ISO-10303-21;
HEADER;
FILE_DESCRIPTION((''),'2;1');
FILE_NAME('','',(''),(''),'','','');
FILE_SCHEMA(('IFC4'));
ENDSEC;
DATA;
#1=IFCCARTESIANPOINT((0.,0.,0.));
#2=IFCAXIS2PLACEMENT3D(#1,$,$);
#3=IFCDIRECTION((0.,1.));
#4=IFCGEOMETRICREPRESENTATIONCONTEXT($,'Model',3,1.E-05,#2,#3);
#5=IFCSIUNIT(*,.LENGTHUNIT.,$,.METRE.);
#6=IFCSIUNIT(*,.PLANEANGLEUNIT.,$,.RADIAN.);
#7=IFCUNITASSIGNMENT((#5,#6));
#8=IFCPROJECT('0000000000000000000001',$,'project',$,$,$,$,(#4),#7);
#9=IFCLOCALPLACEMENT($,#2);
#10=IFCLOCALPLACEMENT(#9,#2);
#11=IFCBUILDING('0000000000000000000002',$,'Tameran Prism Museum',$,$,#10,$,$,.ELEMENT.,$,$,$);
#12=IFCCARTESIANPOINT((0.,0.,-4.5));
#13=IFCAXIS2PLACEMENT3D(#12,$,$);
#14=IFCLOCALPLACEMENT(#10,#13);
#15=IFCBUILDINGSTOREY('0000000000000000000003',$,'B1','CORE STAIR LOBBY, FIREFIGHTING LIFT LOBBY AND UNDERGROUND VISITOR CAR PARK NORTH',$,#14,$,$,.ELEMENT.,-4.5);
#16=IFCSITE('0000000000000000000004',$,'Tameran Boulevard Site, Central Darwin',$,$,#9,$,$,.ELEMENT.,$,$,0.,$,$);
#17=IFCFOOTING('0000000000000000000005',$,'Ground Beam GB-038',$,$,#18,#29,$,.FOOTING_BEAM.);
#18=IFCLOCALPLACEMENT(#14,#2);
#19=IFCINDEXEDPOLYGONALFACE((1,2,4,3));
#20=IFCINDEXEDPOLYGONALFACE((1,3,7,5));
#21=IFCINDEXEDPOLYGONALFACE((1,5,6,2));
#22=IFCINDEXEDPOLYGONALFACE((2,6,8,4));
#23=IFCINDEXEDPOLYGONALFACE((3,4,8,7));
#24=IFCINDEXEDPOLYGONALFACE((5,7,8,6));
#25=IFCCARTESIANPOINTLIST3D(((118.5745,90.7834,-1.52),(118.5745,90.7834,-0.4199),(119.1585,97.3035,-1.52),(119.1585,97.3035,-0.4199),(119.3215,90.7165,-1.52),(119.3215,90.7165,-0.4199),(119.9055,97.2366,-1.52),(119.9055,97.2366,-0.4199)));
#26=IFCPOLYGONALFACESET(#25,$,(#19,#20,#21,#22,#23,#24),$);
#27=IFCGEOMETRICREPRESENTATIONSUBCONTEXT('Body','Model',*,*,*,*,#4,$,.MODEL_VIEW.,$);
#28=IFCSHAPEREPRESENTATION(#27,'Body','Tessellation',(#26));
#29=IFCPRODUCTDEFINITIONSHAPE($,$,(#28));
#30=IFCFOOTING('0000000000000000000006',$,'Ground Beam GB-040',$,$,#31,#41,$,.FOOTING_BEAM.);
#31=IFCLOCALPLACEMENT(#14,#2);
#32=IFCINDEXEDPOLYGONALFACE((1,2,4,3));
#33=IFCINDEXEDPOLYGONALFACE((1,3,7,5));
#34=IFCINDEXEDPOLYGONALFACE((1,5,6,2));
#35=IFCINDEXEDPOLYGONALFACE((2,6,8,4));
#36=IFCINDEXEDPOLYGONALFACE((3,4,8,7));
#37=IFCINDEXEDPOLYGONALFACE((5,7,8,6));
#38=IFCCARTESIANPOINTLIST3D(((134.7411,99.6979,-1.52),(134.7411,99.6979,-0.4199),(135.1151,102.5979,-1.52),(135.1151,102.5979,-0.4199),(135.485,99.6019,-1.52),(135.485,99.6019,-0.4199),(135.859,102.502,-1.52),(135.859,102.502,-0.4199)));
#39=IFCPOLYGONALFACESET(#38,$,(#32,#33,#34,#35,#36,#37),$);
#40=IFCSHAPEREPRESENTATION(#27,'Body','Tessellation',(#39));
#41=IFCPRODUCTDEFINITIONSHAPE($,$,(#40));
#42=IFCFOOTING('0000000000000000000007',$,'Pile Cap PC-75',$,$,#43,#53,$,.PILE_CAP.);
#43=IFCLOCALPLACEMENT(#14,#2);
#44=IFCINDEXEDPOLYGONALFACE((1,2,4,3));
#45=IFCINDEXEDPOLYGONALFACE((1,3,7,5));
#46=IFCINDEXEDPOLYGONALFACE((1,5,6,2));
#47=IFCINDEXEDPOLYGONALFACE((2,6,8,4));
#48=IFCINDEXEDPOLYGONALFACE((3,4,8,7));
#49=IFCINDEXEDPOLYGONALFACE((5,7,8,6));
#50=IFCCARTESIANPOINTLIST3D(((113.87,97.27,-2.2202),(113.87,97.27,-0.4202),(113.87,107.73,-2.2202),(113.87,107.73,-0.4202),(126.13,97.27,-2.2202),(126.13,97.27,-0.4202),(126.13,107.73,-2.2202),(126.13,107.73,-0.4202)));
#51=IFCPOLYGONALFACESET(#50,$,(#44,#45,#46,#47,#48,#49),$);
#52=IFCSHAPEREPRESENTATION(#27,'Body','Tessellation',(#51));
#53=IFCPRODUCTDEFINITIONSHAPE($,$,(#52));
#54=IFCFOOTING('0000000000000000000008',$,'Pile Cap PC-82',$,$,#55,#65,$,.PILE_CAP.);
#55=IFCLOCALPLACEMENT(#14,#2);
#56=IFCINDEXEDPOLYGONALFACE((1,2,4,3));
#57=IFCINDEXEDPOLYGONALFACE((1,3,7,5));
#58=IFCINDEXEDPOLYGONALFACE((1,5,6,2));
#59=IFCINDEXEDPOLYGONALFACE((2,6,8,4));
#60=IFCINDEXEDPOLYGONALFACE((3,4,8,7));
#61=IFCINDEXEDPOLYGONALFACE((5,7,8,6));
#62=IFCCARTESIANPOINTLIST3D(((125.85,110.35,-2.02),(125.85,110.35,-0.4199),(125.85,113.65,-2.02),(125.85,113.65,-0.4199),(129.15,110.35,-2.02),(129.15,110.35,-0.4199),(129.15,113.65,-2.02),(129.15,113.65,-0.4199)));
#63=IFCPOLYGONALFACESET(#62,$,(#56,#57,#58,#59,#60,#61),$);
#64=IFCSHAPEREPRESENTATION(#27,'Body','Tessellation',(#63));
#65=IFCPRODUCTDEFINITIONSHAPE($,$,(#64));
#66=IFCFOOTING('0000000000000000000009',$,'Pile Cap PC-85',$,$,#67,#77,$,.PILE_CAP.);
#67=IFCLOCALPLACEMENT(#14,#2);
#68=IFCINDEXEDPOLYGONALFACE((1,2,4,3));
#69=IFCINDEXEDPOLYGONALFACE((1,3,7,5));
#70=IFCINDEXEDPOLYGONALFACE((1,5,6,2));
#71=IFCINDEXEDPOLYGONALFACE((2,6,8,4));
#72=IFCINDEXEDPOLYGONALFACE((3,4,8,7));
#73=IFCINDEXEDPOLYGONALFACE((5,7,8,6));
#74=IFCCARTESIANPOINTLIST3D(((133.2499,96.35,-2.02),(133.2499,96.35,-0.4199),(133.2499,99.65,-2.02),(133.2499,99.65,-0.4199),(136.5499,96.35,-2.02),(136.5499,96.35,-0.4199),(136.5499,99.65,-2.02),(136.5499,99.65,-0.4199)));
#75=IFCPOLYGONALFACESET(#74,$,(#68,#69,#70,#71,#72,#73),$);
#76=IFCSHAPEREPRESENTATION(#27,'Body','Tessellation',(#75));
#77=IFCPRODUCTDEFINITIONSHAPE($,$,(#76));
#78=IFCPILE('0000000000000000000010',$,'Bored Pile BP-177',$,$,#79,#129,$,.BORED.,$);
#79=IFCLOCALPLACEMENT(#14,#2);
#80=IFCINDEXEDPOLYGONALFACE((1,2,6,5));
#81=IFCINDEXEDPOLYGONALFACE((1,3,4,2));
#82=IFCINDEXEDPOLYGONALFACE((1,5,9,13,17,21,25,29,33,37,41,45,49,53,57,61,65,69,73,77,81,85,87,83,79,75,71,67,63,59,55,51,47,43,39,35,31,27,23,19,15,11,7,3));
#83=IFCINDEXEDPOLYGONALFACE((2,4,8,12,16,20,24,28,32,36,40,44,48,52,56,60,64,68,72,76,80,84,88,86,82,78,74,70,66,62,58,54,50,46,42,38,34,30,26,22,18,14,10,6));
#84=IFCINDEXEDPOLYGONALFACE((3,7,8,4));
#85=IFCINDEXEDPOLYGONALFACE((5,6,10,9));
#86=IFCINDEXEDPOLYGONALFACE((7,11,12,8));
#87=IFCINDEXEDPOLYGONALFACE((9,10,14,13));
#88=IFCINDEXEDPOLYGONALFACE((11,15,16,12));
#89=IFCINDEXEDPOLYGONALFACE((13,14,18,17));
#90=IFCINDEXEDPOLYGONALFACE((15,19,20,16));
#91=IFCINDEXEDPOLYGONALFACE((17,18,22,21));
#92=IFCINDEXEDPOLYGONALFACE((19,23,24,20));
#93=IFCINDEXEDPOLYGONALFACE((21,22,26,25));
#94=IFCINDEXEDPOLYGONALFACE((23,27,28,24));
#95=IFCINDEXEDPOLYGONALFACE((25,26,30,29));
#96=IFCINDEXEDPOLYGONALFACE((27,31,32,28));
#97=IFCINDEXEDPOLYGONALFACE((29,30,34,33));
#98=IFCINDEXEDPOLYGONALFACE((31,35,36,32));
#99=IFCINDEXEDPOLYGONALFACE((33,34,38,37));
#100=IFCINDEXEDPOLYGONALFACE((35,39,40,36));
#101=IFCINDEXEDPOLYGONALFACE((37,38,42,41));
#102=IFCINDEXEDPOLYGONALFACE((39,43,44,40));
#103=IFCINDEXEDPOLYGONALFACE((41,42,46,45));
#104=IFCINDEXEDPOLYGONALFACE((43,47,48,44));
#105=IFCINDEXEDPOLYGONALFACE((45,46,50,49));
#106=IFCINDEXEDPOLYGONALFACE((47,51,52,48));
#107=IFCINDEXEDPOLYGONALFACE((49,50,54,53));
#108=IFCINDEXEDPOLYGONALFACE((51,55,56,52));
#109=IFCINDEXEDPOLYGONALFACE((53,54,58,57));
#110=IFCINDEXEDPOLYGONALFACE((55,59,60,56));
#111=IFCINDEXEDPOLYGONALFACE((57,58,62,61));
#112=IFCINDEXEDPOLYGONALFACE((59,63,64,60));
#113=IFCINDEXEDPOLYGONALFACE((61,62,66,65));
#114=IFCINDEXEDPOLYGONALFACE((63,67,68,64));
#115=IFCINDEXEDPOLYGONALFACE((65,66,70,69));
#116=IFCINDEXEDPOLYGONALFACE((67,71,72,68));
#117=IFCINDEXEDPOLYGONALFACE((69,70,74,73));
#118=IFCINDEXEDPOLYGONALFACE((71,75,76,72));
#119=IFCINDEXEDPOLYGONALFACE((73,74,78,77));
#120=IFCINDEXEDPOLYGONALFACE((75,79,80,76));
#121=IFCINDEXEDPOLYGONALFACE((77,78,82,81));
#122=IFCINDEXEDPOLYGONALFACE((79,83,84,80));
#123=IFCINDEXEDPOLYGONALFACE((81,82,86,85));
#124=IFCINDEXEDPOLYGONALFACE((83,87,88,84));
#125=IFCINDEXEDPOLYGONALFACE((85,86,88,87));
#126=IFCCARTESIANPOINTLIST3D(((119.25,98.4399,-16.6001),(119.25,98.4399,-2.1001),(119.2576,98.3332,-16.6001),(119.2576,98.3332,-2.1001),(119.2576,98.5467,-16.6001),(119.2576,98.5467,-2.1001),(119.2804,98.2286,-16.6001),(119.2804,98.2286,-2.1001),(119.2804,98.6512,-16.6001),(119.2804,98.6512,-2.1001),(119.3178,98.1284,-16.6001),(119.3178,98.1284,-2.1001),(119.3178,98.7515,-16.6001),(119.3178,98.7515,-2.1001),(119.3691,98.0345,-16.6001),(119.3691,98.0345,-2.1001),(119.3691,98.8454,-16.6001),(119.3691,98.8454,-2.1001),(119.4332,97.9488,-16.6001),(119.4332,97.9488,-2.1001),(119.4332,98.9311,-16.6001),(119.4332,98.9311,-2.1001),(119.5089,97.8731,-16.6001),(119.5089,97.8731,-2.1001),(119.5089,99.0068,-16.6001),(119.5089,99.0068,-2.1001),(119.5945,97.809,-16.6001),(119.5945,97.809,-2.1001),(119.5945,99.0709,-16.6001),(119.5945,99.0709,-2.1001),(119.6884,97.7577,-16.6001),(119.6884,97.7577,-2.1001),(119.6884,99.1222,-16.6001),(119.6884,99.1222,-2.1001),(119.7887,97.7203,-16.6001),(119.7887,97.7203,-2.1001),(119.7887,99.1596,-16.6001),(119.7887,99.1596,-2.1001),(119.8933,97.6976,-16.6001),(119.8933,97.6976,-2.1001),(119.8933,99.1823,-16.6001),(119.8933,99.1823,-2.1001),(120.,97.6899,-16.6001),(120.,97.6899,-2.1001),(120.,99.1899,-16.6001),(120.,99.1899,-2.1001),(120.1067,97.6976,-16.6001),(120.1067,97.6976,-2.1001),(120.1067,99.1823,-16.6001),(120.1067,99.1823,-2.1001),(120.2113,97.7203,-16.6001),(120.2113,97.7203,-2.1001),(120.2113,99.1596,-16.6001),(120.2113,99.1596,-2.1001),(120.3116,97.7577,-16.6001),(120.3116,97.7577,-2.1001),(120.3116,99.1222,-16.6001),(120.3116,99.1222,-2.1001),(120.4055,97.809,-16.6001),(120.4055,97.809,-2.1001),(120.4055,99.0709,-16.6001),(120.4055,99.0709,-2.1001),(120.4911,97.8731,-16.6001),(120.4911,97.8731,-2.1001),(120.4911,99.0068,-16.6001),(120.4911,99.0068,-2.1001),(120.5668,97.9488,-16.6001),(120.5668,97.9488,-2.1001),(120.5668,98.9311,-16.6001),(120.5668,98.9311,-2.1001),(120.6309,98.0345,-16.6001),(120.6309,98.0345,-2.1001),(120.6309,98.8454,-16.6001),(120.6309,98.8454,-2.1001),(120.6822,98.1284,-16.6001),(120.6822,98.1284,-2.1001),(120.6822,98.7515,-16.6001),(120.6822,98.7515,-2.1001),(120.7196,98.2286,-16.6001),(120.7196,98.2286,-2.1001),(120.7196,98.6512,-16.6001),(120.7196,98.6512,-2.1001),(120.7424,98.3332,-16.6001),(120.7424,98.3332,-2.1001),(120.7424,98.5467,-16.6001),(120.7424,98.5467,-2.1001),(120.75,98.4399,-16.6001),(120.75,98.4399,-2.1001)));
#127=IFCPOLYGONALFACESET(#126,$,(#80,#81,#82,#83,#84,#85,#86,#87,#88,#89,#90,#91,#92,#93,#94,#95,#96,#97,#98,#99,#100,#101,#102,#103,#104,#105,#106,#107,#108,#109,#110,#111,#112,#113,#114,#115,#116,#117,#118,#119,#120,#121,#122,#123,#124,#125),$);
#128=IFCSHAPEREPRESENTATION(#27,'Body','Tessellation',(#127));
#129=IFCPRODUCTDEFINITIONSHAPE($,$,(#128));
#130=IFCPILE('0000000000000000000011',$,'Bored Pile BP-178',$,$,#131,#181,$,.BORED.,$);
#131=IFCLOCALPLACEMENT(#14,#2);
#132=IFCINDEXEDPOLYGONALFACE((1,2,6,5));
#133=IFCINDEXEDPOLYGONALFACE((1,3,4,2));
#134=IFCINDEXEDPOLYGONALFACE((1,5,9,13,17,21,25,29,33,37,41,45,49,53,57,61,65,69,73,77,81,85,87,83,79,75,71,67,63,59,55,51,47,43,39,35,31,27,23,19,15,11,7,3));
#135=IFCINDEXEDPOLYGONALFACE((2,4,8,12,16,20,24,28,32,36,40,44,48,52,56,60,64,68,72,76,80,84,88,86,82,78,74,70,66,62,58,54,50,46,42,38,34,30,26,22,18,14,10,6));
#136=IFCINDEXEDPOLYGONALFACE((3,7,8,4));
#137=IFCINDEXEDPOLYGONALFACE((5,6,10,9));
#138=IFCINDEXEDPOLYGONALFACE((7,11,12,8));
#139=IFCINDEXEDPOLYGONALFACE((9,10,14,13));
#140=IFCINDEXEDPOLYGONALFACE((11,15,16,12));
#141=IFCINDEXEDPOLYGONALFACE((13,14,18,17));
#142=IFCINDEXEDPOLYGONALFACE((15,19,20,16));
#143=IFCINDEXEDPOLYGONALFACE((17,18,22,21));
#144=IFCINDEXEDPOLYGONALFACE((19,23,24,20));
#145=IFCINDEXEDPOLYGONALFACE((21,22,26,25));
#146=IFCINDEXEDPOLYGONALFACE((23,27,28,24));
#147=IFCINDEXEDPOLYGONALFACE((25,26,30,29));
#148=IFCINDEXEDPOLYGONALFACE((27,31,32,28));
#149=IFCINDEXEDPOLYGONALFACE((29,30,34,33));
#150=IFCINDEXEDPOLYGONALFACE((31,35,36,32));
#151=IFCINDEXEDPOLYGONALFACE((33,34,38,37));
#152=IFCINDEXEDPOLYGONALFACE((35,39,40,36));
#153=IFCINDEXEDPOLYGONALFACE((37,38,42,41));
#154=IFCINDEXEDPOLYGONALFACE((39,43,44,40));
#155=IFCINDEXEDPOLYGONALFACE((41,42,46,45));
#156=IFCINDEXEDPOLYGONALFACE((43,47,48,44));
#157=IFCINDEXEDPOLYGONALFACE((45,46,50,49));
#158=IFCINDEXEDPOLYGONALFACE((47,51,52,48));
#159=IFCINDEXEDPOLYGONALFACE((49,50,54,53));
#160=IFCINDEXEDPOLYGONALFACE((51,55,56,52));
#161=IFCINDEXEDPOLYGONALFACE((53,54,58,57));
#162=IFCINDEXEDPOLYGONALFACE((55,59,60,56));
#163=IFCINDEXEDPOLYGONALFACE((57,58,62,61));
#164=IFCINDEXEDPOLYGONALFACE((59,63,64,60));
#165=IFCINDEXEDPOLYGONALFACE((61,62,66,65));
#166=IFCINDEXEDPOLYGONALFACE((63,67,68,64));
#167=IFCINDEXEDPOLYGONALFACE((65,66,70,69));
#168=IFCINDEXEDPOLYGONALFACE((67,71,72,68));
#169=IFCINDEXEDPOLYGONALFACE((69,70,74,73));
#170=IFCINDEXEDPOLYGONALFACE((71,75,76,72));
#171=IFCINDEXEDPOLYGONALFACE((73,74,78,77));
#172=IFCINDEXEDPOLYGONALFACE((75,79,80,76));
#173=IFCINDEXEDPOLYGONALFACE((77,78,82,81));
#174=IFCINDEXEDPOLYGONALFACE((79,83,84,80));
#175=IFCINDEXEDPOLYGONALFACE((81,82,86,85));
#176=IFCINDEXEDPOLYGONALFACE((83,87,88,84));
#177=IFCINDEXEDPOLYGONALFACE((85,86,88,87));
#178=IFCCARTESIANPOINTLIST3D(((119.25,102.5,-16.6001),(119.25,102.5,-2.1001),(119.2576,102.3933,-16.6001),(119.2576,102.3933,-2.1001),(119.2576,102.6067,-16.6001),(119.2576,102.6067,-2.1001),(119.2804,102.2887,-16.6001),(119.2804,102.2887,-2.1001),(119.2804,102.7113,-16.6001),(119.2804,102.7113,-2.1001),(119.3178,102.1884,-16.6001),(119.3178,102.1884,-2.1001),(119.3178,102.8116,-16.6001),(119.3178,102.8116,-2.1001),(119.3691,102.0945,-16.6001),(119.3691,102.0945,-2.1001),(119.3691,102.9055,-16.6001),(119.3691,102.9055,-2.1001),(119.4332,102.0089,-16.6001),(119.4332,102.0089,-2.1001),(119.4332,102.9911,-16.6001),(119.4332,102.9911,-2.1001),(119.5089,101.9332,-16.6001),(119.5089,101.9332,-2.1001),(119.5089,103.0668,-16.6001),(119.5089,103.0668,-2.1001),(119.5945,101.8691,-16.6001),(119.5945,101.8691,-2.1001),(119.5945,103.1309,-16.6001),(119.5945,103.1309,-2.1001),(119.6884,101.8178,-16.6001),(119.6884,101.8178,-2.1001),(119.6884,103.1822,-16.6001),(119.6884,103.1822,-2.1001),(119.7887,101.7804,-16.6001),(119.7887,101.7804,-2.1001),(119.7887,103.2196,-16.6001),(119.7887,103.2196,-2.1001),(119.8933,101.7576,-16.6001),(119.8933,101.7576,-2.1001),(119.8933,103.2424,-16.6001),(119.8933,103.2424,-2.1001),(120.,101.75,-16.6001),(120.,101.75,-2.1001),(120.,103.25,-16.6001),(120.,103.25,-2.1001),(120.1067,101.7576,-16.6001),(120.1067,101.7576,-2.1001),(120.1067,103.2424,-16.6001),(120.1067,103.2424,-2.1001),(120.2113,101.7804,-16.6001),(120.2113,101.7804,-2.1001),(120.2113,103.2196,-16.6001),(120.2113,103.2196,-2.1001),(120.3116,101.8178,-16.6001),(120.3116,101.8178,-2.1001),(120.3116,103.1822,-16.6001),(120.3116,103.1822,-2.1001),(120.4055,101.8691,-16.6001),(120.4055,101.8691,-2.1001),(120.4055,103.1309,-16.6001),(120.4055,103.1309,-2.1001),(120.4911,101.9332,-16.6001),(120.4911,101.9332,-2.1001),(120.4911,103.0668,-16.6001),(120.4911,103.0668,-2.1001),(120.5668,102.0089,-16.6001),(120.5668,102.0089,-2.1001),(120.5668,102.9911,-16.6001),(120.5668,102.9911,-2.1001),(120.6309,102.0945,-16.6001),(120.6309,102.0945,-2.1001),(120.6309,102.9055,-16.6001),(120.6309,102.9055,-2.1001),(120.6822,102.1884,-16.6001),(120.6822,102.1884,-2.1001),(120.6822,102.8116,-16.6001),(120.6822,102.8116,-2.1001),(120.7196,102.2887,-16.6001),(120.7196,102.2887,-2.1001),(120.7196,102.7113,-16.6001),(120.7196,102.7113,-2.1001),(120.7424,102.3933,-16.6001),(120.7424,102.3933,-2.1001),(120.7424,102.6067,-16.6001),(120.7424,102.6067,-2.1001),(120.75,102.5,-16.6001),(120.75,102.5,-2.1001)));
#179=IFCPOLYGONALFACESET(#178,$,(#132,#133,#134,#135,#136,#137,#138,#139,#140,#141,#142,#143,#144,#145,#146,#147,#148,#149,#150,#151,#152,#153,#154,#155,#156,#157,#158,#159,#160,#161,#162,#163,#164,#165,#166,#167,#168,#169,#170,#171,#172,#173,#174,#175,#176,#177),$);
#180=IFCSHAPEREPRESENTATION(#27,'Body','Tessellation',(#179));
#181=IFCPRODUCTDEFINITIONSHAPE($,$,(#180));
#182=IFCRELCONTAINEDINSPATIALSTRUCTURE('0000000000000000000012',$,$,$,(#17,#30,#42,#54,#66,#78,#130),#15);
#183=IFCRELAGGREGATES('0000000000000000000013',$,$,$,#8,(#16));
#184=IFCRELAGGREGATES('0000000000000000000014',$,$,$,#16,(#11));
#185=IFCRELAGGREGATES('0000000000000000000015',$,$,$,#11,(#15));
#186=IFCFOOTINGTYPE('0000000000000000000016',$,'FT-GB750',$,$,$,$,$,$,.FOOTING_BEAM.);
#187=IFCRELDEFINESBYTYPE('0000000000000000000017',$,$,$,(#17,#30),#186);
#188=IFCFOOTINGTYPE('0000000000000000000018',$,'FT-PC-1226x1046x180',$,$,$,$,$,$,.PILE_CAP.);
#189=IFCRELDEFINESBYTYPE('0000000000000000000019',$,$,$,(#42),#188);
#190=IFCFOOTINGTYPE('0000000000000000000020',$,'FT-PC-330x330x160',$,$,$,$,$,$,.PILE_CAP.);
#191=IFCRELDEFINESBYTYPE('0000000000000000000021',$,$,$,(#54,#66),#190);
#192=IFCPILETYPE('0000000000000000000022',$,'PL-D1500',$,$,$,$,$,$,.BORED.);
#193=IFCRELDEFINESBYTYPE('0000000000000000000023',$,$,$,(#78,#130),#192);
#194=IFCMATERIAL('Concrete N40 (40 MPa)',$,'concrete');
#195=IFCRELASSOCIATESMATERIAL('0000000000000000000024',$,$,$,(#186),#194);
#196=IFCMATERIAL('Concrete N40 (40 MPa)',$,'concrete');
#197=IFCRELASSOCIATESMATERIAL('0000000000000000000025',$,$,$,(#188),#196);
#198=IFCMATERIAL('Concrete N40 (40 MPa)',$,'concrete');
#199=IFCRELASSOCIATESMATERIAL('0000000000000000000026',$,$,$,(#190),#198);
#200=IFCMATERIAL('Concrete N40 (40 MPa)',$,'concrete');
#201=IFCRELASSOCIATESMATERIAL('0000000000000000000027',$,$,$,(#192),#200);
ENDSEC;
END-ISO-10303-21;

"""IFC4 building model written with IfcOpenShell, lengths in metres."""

from ifc_helpers import new_model, si_unit, direction, frame, origin, origin_2d, place, context, subcontext, project, spatial, rectangle, circle, extrude, material, material_profile, profile_set, type_object, element, save


model = new_model("IFC4")

# Units and contexts
model_context = context("Model", 3, precision=1e-05, world=origin(), true_north=direction((0.0, 1.0)))
body_context = subcontext(model_context, "Body", "Model", "MODEL_VIEW")
ifc_project = project(units=[si_unit("LENGTHUNIT", "METRE"), si_unit("PLANEANGLEUNIT", "RADIAN")], contexts=[model_context])

# Site, building, storey
site_placement = place(None, origin())
site = spatial("IfcSite", under=ifc_project, at=site_placement, Name="Tameran Boulevard Site, Central Darwin", CompositionType="ELEMENT", RefElevation=0.0)
building_placement = place(site_placement, origin())
building = spatial("IfcBuilding", under=site, at=building_placement, Name="Tameran Prism Museum", CompositionType="ELEMENT")
storey_placement = place(building_placement, frame((0.0, 0.0, -4.5)))
storey = spatial("IfcBuildingStorey", under=building, at=storey_placement, Name="B1", Description="CORE STAIR LOBBY, FIREFIGHTING LIFT LOBBY AND UNDERGROUND VISITOR CAR PARK NORTH", CompositionType="ELEMENT", Elevation=-4.5)

# Footings
ifc_material_1 = material(Name="Concrete N40 (40 MPa)", Category="concrete")
ifc_material_profile_1 = material_profile(ifc_material_1, rectangle(XDim=0.75, YDim=1.1001, at=origin_2d()))
ifc_profile_set_1 = profile_set([ifc_material_profile_1])
footing_type_1 = type_object("IfcFootingType", Name="FT-GB750", PredefinedType="FOOTING_BEAM", material=ifc_profile_set_1)
footing_1_placement = place(storey_placement, frame((119.532, 97.27, -0.97), z_axis=(-0.089211, -0.996013, 0.0), x_axis=(0.996013, -0.089211, 0.0)))
element("IfcFooting", 1, at=footing_1_placement, inside=storey, type_object=footing_type_1, Name="Ground Beam GB-038", PredefinedType="FOOTING_BEAM", context=body_context, shape_type="SweptSolid", body=[
    extrude(rectangle(XDim=0.75, YDim=1.1001, at=origin_2d()), origin(), (0.0, 0.0, 1.0), 6.5461),
])
footing_2_placement = place(storey_placement, frame((135.113, 99.6499, -0.97), z_axis=(0.127908, 0.991786, 0.0), x_axis=(-0.991786, 0.127908, 0.0)))
element("IfcFooting", 2, at=footing_2_placement, inside=storey, type_object=footing_type_1, Name="Ground Beam GB-040", PredefinedType="FOOTING_BEAM", context=body_context, shape_type="SweptSolid", body=[
    extrude(rectangle(XDim=0.75, YDim=1.1001, at=origin_2d()), origin(), (0.0, 0.0, 1.0), 2.9241),
])
ifc_material_2 = material(Name="Concrete N40 (40 MPa)", Category="concrete")
footing_type_2 = type_object("IfcFootingType", Name="FT-PC-1226x1046x180", PredefinedType="PILE_CAP", material=ifc_material_2)
footing_3_placement = place(storey_placement, frame((120.0, 102.5, -2.2202), z_axis=(0.0, 0.0, 1.0), x_axis=(1.0, 0.0, 0.0)))
element("IfcFooting", 3, at=footing_3_placement, inside=storey, type_object=footing_type_2, Name="Pile Cap PC-75", PredefinedType="PILE_CAP", context=body_context, shape_type="SweptSolid", body=[
    extrude(rectangle(XDim=12.26, YDim=10.46, at=origin_2d()), origin(), (0.0, 0.0, 1.0), 1.8),
])
ifc_material_3 = material(Name="Concrete N40 (40 MPa)", Category="concrete")
footing_type_3 = type_object("IfcFootingType", Name="FT-PC-330x330x160", PredefinedType="PILE_CAP", material=ifc_material_3)
for number, where, z_axis, x_axis, name in (
    (4, (127.5, 112.0, -2.02), (0.0, 0.0, 1.0), (1.0, 0.0, 0.0), "Pile Cap PC-82"),
    (5, (134.8999, 98.0, -2.02), (0.0, 0.0, 1.0), (1.0, 0.0, 0.0), "Pile Cap PC-85"),
):
    element("IfcFooting", number, at=place(storey_placement, frame(where, z_axis=z_axis, x_axis=x_axis)), inside=storey, type_object=footing_type_3, Name=name, PredefinedType="PILE_CAP", context=body_context, shape_type="SweptSolid", body=[
        extrude(rectangle(XDim=3.3, YDim=3.3, at=origin_2d()), origin(), (0.0, 0.0, 1.0), 1.6001),
    ])

# Piles
ifc_material_4 = material(Name="Concrete N40 (40 MPa)", Category="concrete")
ifc_material_profile_2 = material_profile(ifc_material_4, circle(Radius=0.75, at=origin_2d()))
ifc_profile_set_2 = profile_set([ifc_material_profile_2])
pile_type_1 = type_object("IfcPileType", Name="PL-D1500", PredefinedType="BORED", material=ifc_profile_set_2)
for number, where, z_axis, x_axis, name in (
    (6, (120.0, 98.4399, -2.1001), (0.0, 0.0, -1.0), (1.0, 0.0, 0.0), "Bored Pile BP-177"),
    (7, (120.0, 102.5, -2.1001), (0.0, 0.0, -1.0), (1.0, 0.0, 0.0), "Bored Pile BP-178"),
):
    element("IfcPile", number, at=place(storey_placement, frame(where, z_axis=z_axis, x_axis=x_axis)), inside=storey, type_object=pile_type_1, Name=name, PredefinedType="BORED", context=body_context, shape_type="SweptSolid", body=[
        extrude(circle(Radius=0.75, at=origin_2d()), origin(), (0.0, 0.0, 1.0), 14.5),
    ])

save(model, "model.ifc")
